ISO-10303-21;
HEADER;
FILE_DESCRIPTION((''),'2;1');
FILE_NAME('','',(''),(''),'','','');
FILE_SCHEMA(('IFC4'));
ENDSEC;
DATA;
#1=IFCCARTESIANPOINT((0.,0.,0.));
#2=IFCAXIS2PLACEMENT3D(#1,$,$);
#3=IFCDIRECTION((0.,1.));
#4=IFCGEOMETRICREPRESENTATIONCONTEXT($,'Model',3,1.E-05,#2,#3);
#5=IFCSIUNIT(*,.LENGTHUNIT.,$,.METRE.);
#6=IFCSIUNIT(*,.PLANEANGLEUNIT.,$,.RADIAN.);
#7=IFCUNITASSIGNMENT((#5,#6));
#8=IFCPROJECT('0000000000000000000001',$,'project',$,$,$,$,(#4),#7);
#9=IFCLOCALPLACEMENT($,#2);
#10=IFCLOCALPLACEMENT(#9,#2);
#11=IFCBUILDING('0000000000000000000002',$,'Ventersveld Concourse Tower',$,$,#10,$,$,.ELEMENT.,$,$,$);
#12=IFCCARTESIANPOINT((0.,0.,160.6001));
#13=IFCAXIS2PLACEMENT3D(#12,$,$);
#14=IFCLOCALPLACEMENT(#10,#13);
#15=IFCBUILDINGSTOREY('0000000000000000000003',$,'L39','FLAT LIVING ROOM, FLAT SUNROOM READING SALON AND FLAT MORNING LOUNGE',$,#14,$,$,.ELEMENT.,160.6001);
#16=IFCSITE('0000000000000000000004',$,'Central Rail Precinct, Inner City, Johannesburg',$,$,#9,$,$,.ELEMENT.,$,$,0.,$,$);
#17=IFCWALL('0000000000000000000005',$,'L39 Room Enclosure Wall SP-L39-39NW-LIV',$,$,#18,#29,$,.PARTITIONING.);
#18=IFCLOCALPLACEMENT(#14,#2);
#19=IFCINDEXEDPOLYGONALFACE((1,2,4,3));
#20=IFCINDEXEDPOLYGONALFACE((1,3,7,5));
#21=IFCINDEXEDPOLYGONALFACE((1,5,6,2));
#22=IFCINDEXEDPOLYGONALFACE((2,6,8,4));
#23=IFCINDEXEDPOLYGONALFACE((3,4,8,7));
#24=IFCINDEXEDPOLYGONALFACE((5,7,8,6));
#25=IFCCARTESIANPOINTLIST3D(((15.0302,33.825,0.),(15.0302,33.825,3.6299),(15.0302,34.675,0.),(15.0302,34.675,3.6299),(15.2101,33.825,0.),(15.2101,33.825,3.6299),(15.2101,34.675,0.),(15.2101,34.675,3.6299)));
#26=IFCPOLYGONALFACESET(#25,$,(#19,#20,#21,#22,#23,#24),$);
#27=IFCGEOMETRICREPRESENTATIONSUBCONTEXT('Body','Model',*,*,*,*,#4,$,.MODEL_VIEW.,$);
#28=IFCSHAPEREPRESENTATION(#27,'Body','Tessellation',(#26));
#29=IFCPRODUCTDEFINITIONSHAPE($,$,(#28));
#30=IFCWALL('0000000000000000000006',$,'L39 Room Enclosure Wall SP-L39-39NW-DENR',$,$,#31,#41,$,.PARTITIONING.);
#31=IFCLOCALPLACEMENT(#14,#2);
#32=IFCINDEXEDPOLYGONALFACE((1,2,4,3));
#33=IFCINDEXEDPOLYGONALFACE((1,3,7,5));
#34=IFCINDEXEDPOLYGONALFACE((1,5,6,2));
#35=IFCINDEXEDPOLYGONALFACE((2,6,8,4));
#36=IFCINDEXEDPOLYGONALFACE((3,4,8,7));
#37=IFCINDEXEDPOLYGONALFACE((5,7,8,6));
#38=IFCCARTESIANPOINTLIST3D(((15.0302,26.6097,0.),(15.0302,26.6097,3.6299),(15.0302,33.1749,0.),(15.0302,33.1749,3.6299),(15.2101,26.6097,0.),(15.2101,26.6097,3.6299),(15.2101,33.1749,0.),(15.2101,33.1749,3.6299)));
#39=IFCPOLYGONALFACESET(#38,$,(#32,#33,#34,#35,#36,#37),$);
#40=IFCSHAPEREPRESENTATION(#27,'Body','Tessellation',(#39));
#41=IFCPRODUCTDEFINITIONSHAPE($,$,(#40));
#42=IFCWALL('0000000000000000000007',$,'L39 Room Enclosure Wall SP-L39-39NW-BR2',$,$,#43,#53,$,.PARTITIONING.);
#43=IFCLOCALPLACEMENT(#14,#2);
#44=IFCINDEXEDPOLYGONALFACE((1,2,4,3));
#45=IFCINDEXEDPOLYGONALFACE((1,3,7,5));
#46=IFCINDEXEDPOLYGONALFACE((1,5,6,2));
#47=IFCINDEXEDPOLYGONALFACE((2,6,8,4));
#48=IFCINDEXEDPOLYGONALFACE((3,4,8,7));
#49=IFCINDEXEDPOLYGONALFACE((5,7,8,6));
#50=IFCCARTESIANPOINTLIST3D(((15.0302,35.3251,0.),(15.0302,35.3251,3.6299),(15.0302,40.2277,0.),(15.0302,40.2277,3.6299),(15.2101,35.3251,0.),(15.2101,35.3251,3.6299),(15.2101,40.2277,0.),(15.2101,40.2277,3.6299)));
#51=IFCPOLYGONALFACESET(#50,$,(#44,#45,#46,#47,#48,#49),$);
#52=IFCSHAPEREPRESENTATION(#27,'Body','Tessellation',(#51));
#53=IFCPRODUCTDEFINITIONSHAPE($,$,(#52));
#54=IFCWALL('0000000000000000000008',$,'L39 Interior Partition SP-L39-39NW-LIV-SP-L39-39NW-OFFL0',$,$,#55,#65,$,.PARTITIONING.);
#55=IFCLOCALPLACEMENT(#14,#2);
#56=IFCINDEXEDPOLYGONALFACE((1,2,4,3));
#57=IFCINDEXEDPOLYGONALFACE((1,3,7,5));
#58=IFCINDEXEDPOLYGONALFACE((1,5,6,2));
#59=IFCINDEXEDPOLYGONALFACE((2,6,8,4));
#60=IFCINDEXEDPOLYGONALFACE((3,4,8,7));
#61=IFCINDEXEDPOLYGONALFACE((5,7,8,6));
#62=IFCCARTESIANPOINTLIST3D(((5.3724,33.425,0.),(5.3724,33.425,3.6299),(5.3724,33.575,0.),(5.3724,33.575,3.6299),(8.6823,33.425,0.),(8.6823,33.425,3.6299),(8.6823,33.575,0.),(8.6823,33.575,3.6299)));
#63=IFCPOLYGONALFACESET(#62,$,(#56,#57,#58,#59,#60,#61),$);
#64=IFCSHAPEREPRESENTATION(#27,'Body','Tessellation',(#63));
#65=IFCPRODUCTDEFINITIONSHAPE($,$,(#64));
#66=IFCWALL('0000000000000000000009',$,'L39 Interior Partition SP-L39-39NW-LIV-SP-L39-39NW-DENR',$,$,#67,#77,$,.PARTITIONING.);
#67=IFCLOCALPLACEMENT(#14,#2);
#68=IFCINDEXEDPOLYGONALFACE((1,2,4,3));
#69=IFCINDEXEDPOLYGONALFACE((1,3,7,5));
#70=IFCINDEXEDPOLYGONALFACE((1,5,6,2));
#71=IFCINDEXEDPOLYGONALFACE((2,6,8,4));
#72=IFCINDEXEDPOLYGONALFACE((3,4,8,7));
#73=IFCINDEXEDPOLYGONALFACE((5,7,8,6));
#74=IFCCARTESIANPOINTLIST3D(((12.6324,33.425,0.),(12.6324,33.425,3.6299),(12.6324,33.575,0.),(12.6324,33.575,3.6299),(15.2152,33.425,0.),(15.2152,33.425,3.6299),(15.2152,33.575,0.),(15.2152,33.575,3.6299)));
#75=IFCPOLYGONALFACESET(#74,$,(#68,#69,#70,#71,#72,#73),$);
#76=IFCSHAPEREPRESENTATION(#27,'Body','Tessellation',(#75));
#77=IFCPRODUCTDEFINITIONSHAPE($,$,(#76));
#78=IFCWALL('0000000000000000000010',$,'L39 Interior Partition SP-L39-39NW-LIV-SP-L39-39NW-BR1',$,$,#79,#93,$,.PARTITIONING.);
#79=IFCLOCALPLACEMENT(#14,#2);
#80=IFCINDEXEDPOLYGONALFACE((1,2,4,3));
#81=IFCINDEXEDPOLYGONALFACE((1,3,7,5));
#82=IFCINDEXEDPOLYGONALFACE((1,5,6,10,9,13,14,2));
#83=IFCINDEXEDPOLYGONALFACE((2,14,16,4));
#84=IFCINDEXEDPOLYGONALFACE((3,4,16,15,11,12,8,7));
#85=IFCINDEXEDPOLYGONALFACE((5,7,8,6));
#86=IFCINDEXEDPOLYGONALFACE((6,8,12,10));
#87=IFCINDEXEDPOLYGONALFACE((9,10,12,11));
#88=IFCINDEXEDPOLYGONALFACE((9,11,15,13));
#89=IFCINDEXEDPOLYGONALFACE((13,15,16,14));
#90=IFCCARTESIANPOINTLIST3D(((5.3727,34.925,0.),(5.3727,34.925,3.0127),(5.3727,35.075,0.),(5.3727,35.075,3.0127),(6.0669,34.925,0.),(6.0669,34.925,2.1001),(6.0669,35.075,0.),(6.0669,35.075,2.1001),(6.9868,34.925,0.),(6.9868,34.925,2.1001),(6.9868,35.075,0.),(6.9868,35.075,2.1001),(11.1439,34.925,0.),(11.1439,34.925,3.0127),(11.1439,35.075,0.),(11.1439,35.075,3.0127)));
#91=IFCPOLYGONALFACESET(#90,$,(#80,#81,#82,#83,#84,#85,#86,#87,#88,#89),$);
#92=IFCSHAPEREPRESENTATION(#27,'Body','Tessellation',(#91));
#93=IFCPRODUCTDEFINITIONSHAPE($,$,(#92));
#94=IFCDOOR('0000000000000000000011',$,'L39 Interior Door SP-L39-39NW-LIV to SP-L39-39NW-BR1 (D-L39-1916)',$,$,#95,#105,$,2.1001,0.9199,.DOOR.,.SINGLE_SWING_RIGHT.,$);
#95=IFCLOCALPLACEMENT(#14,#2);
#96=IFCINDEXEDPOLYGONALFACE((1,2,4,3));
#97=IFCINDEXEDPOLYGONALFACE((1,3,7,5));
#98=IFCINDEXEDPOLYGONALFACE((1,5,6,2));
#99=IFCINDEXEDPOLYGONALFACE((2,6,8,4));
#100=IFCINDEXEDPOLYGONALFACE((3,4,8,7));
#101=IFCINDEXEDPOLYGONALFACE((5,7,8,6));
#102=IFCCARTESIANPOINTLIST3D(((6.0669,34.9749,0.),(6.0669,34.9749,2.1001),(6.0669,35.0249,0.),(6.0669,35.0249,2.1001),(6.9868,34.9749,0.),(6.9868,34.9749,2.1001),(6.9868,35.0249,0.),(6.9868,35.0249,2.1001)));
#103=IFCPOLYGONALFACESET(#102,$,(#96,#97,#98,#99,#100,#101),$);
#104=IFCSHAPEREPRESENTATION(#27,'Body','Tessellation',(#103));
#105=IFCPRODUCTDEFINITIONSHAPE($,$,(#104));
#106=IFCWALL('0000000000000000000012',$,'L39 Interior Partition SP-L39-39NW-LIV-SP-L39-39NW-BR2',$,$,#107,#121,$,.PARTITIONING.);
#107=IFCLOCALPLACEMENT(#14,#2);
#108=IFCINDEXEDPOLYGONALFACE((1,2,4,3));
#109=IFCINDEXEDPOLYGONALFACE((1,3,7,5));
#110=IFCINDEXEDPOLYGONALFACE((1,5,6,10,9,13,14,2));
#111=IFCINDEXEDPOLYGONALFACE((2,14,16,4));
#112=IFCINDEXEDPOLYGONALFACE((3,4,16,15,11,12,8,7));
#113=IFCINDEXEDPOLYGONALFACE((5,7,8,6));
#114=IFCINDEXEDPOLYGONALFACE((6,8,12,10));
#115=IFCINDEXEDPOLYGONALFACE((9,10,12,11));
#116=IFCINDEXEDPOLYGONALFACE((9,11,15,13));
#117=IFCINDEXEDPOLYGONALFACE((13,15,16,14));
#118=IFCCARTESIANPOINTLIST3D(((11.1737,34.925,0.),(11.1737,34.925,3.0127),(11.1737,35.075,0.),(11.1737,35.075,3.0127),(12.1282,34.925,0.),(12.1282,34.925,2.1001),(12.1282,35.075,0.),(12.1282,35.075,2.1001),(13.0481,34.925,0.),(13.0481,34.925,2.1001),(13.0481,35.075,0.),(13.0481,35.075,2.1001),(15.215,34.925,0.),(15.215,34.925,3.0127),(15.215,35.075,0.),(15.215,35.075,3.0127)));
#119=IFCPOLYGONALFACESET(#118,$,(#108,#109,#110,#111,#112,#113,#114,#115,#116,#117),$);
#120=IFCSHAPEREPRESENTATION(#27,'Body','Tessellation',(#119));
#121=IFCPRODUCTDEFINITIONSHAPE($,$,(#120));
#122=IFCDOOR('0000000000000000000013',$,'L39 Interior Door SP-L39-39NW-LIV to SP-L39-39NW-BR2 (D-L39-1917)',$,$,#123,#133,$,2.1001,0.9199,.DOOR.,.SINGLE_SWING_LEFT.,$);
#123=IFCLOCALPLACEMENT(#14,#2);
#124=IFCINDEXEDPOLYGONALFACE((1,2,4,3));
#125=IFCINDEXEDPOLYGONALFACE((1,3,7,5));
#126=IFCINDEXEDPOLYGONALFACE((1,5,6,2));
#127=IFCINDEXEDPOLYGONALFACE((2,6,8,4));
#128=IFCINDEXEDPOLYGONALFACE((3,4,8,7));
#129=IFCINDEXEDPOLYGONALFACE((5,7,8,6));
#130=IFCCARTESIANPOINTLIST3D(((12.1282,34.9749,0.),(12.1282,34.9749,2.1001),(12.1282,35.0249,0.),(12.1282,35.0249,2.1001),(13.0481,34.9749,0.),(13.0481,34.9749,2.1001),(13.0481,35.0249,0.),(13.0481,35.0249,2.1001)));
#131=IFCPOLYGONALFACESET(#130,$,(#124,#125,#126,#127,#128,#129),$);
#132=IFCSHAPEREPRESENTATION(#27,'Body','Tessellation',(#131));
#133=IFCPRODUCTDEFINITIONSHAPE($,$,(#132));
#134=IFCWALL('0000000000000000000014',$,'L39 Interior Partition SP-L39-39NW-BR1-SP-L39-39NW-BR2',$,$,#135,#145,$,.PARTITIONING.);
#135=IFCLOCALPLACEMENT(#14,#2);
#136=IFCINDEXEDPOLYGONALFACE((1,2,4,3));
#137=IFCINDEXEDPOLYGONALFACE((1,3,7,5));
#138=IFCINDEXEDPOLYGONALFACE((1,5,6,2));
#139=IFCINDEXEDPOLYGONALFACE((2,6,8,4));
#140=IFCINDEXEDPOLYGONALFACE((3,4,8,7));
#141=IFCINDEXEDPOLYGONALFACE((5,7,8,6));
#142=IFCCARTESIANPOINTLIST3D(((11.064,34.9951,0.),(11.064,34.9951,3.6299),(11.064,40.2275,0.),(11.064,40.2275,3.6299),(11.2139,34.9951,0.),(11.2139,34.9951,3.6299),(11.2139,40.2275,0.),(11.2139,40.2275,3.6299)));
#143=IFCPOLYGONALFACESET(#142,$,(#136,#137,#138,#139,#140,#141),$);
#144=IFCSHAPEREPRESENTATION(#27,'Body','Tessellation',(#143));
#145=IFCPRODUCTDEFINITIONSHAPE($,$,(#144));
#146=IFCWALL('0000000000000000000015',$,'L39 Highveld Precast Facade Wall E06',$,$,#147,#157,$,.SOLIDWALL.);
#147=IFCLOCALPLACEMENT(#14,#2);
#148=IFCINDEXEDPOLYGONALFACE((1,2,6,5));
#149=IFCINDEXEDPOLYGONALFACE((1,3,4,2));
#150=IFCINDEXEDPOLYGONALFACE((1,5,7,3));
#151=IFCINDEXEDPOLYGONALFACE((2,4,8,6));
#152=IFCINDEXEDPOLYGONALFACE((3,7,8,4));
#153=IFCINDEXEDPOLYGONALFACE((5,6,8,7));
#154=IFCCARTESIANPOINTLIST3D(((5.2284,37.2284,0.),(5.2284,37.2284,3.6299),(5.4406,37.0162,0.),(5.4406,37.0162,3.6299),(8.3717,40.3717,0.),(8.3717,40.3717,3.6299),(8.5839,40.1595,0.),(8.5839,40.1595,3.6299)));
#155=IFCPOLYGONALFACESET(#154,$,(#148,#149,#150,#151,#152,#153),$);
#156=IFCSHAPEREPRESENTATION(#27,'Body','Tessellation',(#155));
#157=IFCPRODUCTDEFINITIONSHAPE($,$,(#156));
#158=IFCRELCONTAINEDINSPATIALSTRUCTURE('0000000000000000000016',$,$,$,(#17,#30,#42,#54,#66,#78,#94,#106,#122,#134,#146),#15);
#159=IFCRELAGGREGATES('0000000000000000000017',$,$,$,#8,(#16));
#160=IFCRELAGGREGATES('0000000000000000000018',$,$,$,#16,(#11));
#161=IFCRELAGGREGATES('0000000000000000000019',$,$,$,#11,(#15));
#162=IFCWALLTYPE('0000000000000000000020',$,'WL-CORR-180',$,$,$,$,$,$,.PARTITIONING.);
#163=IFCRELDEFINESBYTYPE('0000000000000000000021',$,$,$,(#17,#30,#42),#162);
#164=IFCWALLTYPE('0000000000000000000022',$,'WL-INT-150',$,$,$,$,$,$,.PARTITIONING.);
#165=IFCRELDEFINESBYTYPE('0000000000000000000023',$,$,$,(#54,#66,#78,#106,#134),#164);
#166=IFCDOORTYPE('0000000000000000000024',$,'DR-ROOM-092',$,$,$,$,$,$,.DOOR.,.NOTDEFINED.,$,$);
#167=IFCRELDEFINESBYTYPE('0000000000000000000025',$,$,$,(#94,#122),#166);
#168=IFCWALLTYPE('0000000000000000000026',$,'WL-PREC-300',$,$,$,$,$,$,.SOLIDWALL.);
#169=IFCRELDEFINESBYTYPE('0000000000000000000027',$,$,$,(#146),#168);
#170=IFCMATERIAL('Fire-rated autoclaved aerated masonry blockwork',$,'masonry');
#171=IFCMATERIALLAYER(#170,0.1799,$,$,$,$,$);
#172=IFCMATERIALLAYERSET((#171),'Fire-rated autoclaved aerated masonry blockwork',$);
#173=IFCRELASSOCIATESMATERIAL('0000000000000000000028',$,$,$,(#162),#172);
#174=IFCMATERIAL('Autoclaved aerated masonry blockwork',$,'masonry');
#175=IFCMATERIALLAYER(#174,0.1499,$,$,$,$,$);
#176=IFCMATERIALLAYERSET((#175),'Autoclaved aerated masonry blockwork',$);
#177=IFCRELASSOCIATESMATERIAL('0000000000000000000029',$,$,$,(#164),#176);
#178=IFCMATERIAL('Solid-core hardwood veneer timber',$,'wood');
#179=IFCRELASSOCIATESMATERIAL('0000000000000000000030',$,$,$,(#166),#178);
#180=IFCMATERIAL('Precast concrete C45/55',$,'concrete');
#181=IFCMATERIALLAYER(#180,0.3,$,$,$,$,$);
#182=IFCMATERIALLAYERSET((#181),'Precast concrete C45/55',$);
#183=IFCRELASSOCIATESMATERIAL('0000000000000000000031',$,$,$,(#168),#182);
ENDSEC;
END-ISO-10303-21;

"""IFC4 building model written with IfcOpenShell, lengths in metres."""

from ifc_helpers import new_model, si_unit, direction, frame, frame_2d, origin, place, context, subcontext, project, spatial, rectangle, extrude, material, layer, layer_set, type_object, element, fill, save


model = new_model("IFC4")

# Units and contexts
model_context = context("Model", 3, precision=1e-05, world=origin(), true_north=direction((0.0, 1.0)))
body_context = subcontext(model_context, "Body", "Model", "MODEL_VIEW")
ifc_project = project(units=[si_unit("LENGTHUNIT", "METRE"), si_unit("PLANEANGLEUNIT", "RADIAN")], contexts=[model_context])

# Site, building, storey
site_placement = place(None, origin())
site = spatial("IfcSite", under=ifc_project, at=site_placement, Name="Central Rail Precinct, Inner City, Johannesburg", CompositionType="ELEMENT", RefElevation=0.0)
building_placement = place(site_placement, origin())
building = spatial("IfcBuilding", under=site, at=building_placement, Name="Ventersveld Concourse Tower", CompositionType="ELEMENT")
storey_placement = place(building_placement, frame((0.0, 0.0, 160.6001)))
storey = spatial("IfcBuildingStorey", under=building, at=storey_placement, Name="L39", Description="FLAT LIVING ROOM, FLAT SUNROOM READING SALON AND FLAT MORNING LOUNGE", CompositionType="ELEMENT", Elevation=160.6001)

# Walls
ifc_material_1 = material(Name="Fire-rated autoclaved aerated masonry blockwork", Category="masonry")
ifc_layer_1 = layer(ifc_material_1, 0.1799)
ifc_layer_set_1 = layer_set([ifc_layer_1], Name="Fire-rated autoclaved aerated masonry blockwork")
wall_type_1 = type_object("IfcWallType", Name="WL-CORR-180", PredefinedType="PARTITIONING", material=ifc_layer_set_1)
wall_1_placement = place(storey_placement, frame((15.1201, 34.675, 0.0), z_axis=(0.0, 0.0, 1.0), x_axis=(0.0, -1.0, 0.0)))
element("IfcWall", 1, at=wall_1_placement, inside=storey, type_object=wall_type_1, Name="L39 Room Enclosure Wall SP-L39-39NW-LIV", PredefinedType="PARTITIONING", context=body_context, shape_type="SweptSolid", body=[
    extrude(rectangle(XDim=0.8501, YDim=0.1799, at=frame_2d((0.425, 0.0))), origin(), (0.0, 0.0, 1.0), 3.6299),
])
wall_2_placement = place(storey_placement, frame((15.1201, 33.175, 0.0), z_axis=(0.0, 0.0, 1.0), x_axis=(0.0, -1.0, 0.0)))
element("IfcWall", 2, at=wall_2_placement, inside=storey, type_object=wall_type_1, Name="L39 Room Enclosure Wall SP-L39-39NW-DENR", PredefinedType="PARTITIONING", context=body_context, shape_type="SweptSolid", body=[
    extrude(rectangle(XDim=6.5652, YDim=0.1799, at=frame_2d((3.2827, 0.0))), origin(), (0.0, 0.0, 1.0), 3.6299),
])
wall_3_placement = place(storey_placement, frame((15.1201, 40.2275, 0.0), z_axis=(0.0, 0.0, 1.0), x_axis=(0.0, -1.0, 0.0)))
element("IfcWall", 3, at=wall_3_placement, inside=storey, type_object=wall_type_1, Name="L39 Room Enclosure Wall SP-L39-39NW-BR2", PredefinedType="PARTITIONING", context=body_context, shape_type="SweptSolid", body=[
    extrude(rectangle(XDim=4.9026, YDim=0.1799, at=frame_2d((2.4512, 0.0))), origin(), (0.0, 0.0, 1.0), 3.6299),
])
ifc_material_2 = material(Name="Autoclaved aerated masonry blockwork", Category="masonry")
ifc_layer_2 = layer(ifc_material_2, 0.1499)
ifc_layer_set_2 = layer_set([ifc_layer_2], Name="Autoclaved aerated masonry blockwork")
wall_type_2 = type_object("IfcWallType", Name="WL-INT-150", PredefinedType="PARTITIONING", material=ifc_layer_set_2)
wall_4_placement = place(storey_placement, frame((5.3726, 33.5, 0.0), z_axis=(0.0, 0.0, 1.0), x_axis=(1.0, 0.0, 0.0)))
element("IfcWall", 4, at=wall_4_placement, inside=storey, type_object=wall_type_2, Name="L39 Interior Partition SP-L39-39NW-LIV-SP-L39-39NW-OFFL0", PredefinedType="PARTITIONING", context=body_context, shape_type="SweptSolid", body=[
    extrude(rectangle(XDim=3.3098, YDim=0.1499, at=frame_2d((1.6548, 0.0))), origin(), (0.0, 0.0, 1.0), 3.6299),
])
wall_5_placement = place(storey_placement, frame((12.6323, 33.5, 0.0), z_axis=(0.0, 0.0, 1.0), x_axis=(1.0, 0.0, 0.0)))
element("IfcWall", 5, at=wall_5_placement, inside=storey, type_object=wall_type_2, Name="L39 Interior Partition SP-L39-39NW-LIV-SP-L39-39NW-DENR", PredefinedType="PARTITIONING", context=body_context, shape_type="SweptSolid", body=[
    extrude(rectangle(XDim=2.5828, YDim=0.1499, at=frame_2d((1.2915, 0.0))), origin(), (0.0, 0.0, 1.0), 3.6299),
])

# Walls, openings, doors
wall_6_placement = place(storey_placement, frame((5.3726, 35.0, 0.0), z_axis=(0.0, 0.0, 1.0), x_axis=(1.0, 0.0, 0.0)))
wall_6 = element("IfcWall", 6, at=wall_6_placement, inside=storey, type_object=wall_type_2, Name="L39 Interior Partition SP-L39-39NW-LIV-SP-L39-39NW-BR1", PredefinedType="PARTITIONING", context=body_context, shape_type="SweptSolid", body=[
    extrude(rectangle(XDim=5.7712, YDim=0.1499, at=frame_2d((2.8857, 0.0))), origin(), (0.0, 0.0, 1.0), 3.0127),
])
opening_1_placement = place(wall_6_placement, frame((0.6943, 0.0, 0.0)))
opening_1 = element("IfcOpeningElement", 7, at=opening_1_placement, cuts=wall_6, PredefinedType="OPENING", context=body_context, shape_type="SweptSolid", body=[
    extrude(rectangle(XDim=0.9199, YDim=2.1001, at=frame_2d((0.46, 1.05))), frame((0.0, 0.085, 0.0), z_axis=(0.0, -1.0, 0.0), x_axis=(1.0, 0.0, 0.0)), (0.0, 0.0, 1.0), 0.1699),
])
ifc_material_3 = material(Name="Solid-core hardwood veneer timber", Category="wood")
door_type = type_object("IfcDoorType", Name="DR-ROOM-092", OperationType="NOTDEFINED", PredefinedType="DOOR", material=ifc_material_3)
door_1_placement = place(opening_1_placement, origin())
door_1 = element("IfcDoor", 8, at=door_1_placement, inside=storey, type_object=door_type, Name="L39 Interior Door SP-L39-39NW-LIV to SP-L39-39NW-BR1 (D-L39-1916)", OperationType="SINGLE_SWING_RIGHT", OverallHeight=2.1001, OverallWidth=0.9199, PredefinedType="DOOR", context=body_context, shape_type="SweptSolid", body=[
    extrude(rectangle(XDim=0.9199, YDim=2.1001, at=frame_2d((0.46, 1.05))), frame((0.0, 0.0249, 0.0), z_axis=(0.0, -1.0, 0.0), x_axis=(1.0, 0.0, 0.0)), (0.0, 0.0, 1.0), 0.05),
])
fill(opening_1, door_1)
wall_7_placement = place(storey_placement, frame((11.1738, 35.0, 0.0), z_axis=(0.0, 0.0, 1.0), x_axis=(1.0, 0.0, 0.0)))
wall_7 = element("IfcWall", 9, at=wall_7_placement, inside=storey, type_object=wall_type_2, Name="L39 Interior Partition SP-L39-39NW-LIV-SP-L39-39NW-BR2", PredefinedType="PARTITIONING", context=body_context, shape_type="SweptSolid", body=[
    extrude(rectangle(XDim=4.0413, YDim=0.1499, at=frame_2d((2.0205, 0.0))), origin(), (0.0, 0.0, 1.0), 3.0127),
])
opening_2_placement = place(wall_7_placement, frame((0.9543, 0.0, 0.0)))
opening_2 = element("IfcOpeningElement", 10, at=opening_2_placement, cuts=wall_7, PredefinedType="OPENING", context=body_context, shape_type="SweptSolid", body=[
    extrude(rectangle(XDim=0.9199, YDim=2.1001, at=frame_2d((0.46, 1.05))), frame((0.0, 0.085, 0.0), z_axis=(0.0, -1.0, 0.0), x_axis=(1.0, 0.0, 0.0)), (0.0, 0.0, 1.0), 0.1699),
])
door_2_placement = place(opening_2_placement, origin())
door_2 = element("IfcDoor", 11, at=door_2_placement, inside=storey, type_object=door_type, Name="L39 Interior Door SP-L39-39NW-LIV to SP-L39-39NW-BR2 (D-L39-1917)", OperationType="SINGLE_SWING_LEFT", OverallHeight=2.1001, OverallWidth=0.9199, PredefinedType="DOOR", context=body_context, shape_type="SweptSolid", body=[
    extrude(rectangle(XDim=0.9199, YDim=2.1001, at=frame_2d((0.46, 1.05))), frame((0.0, 0.0249, 0.0), z_axis=(0.0, -1.0, 0.0), x_axis=(1.0, 0.0, 0.0)), (0.0, 0.0, 1.0), 0.05),
])
fill(opening_2, door_2)

# Walls
wall_8_placement = place(storey_placement, frame((11.1389, 34.9951, 0.0), z_axis=(0.0, 0.0, 1.0), x_axis=(0.0, 1.0, 0.0)))
element("IfcWall", 12, at=wall_8_placement, inside=storey, type_object=wall_type_2, Name="L39 Interior Partition SP-L39-39NW-BR1-SP-L39-39NW-BR2", PredefinedType="PARTITIONING", context=body_context, shape_type="SweptSolid", body=[
    extrude(rectangle(XDim=5.2324, YDim=0.1499, at=frame_2d((2.6162, 0.0))), origin(), (0.0, 0.0, 1.0), 3.6299),
])
ifc_material_4 = material(Name="Precast concrete C45/55", Category="concrete")
ifc_layer_3 = layer(ifc_material_4, 0.3)
ifc_layer_set_3 = layer_set([ifc_layer_3], Name="Precast concrete C45/55")
wall_type_3 = type_object("IfcWallType", Name="WL-PREC-300", PredefinedType="SOLIDWALL", material=ifc_layer_set_3)
wall_9_placement = place(storey_placement, frame((8.4778, 40.2656, 0.0), z_axis=(0.0, 0.0, 1.0), x_axis=(-0.707107, -0.707107, 0.0)))
element("IfcWall", 13, at=wall_9_placement, inside=storey, type_object=wall_type_3, Name="L39 Highveld Precast Facade Wall E06", PredefinedType="SOLIDWALL", context=body_context, shape_type="SweptSolid", body=[
    extrude(rectangle(XDim=4.4453, YDim=0.3, at=frame_2d((2.2227, 0.0))), origin(), (0.0, 0.0, 1.0), 3.6299),
])

save(model, "model.ifc")
